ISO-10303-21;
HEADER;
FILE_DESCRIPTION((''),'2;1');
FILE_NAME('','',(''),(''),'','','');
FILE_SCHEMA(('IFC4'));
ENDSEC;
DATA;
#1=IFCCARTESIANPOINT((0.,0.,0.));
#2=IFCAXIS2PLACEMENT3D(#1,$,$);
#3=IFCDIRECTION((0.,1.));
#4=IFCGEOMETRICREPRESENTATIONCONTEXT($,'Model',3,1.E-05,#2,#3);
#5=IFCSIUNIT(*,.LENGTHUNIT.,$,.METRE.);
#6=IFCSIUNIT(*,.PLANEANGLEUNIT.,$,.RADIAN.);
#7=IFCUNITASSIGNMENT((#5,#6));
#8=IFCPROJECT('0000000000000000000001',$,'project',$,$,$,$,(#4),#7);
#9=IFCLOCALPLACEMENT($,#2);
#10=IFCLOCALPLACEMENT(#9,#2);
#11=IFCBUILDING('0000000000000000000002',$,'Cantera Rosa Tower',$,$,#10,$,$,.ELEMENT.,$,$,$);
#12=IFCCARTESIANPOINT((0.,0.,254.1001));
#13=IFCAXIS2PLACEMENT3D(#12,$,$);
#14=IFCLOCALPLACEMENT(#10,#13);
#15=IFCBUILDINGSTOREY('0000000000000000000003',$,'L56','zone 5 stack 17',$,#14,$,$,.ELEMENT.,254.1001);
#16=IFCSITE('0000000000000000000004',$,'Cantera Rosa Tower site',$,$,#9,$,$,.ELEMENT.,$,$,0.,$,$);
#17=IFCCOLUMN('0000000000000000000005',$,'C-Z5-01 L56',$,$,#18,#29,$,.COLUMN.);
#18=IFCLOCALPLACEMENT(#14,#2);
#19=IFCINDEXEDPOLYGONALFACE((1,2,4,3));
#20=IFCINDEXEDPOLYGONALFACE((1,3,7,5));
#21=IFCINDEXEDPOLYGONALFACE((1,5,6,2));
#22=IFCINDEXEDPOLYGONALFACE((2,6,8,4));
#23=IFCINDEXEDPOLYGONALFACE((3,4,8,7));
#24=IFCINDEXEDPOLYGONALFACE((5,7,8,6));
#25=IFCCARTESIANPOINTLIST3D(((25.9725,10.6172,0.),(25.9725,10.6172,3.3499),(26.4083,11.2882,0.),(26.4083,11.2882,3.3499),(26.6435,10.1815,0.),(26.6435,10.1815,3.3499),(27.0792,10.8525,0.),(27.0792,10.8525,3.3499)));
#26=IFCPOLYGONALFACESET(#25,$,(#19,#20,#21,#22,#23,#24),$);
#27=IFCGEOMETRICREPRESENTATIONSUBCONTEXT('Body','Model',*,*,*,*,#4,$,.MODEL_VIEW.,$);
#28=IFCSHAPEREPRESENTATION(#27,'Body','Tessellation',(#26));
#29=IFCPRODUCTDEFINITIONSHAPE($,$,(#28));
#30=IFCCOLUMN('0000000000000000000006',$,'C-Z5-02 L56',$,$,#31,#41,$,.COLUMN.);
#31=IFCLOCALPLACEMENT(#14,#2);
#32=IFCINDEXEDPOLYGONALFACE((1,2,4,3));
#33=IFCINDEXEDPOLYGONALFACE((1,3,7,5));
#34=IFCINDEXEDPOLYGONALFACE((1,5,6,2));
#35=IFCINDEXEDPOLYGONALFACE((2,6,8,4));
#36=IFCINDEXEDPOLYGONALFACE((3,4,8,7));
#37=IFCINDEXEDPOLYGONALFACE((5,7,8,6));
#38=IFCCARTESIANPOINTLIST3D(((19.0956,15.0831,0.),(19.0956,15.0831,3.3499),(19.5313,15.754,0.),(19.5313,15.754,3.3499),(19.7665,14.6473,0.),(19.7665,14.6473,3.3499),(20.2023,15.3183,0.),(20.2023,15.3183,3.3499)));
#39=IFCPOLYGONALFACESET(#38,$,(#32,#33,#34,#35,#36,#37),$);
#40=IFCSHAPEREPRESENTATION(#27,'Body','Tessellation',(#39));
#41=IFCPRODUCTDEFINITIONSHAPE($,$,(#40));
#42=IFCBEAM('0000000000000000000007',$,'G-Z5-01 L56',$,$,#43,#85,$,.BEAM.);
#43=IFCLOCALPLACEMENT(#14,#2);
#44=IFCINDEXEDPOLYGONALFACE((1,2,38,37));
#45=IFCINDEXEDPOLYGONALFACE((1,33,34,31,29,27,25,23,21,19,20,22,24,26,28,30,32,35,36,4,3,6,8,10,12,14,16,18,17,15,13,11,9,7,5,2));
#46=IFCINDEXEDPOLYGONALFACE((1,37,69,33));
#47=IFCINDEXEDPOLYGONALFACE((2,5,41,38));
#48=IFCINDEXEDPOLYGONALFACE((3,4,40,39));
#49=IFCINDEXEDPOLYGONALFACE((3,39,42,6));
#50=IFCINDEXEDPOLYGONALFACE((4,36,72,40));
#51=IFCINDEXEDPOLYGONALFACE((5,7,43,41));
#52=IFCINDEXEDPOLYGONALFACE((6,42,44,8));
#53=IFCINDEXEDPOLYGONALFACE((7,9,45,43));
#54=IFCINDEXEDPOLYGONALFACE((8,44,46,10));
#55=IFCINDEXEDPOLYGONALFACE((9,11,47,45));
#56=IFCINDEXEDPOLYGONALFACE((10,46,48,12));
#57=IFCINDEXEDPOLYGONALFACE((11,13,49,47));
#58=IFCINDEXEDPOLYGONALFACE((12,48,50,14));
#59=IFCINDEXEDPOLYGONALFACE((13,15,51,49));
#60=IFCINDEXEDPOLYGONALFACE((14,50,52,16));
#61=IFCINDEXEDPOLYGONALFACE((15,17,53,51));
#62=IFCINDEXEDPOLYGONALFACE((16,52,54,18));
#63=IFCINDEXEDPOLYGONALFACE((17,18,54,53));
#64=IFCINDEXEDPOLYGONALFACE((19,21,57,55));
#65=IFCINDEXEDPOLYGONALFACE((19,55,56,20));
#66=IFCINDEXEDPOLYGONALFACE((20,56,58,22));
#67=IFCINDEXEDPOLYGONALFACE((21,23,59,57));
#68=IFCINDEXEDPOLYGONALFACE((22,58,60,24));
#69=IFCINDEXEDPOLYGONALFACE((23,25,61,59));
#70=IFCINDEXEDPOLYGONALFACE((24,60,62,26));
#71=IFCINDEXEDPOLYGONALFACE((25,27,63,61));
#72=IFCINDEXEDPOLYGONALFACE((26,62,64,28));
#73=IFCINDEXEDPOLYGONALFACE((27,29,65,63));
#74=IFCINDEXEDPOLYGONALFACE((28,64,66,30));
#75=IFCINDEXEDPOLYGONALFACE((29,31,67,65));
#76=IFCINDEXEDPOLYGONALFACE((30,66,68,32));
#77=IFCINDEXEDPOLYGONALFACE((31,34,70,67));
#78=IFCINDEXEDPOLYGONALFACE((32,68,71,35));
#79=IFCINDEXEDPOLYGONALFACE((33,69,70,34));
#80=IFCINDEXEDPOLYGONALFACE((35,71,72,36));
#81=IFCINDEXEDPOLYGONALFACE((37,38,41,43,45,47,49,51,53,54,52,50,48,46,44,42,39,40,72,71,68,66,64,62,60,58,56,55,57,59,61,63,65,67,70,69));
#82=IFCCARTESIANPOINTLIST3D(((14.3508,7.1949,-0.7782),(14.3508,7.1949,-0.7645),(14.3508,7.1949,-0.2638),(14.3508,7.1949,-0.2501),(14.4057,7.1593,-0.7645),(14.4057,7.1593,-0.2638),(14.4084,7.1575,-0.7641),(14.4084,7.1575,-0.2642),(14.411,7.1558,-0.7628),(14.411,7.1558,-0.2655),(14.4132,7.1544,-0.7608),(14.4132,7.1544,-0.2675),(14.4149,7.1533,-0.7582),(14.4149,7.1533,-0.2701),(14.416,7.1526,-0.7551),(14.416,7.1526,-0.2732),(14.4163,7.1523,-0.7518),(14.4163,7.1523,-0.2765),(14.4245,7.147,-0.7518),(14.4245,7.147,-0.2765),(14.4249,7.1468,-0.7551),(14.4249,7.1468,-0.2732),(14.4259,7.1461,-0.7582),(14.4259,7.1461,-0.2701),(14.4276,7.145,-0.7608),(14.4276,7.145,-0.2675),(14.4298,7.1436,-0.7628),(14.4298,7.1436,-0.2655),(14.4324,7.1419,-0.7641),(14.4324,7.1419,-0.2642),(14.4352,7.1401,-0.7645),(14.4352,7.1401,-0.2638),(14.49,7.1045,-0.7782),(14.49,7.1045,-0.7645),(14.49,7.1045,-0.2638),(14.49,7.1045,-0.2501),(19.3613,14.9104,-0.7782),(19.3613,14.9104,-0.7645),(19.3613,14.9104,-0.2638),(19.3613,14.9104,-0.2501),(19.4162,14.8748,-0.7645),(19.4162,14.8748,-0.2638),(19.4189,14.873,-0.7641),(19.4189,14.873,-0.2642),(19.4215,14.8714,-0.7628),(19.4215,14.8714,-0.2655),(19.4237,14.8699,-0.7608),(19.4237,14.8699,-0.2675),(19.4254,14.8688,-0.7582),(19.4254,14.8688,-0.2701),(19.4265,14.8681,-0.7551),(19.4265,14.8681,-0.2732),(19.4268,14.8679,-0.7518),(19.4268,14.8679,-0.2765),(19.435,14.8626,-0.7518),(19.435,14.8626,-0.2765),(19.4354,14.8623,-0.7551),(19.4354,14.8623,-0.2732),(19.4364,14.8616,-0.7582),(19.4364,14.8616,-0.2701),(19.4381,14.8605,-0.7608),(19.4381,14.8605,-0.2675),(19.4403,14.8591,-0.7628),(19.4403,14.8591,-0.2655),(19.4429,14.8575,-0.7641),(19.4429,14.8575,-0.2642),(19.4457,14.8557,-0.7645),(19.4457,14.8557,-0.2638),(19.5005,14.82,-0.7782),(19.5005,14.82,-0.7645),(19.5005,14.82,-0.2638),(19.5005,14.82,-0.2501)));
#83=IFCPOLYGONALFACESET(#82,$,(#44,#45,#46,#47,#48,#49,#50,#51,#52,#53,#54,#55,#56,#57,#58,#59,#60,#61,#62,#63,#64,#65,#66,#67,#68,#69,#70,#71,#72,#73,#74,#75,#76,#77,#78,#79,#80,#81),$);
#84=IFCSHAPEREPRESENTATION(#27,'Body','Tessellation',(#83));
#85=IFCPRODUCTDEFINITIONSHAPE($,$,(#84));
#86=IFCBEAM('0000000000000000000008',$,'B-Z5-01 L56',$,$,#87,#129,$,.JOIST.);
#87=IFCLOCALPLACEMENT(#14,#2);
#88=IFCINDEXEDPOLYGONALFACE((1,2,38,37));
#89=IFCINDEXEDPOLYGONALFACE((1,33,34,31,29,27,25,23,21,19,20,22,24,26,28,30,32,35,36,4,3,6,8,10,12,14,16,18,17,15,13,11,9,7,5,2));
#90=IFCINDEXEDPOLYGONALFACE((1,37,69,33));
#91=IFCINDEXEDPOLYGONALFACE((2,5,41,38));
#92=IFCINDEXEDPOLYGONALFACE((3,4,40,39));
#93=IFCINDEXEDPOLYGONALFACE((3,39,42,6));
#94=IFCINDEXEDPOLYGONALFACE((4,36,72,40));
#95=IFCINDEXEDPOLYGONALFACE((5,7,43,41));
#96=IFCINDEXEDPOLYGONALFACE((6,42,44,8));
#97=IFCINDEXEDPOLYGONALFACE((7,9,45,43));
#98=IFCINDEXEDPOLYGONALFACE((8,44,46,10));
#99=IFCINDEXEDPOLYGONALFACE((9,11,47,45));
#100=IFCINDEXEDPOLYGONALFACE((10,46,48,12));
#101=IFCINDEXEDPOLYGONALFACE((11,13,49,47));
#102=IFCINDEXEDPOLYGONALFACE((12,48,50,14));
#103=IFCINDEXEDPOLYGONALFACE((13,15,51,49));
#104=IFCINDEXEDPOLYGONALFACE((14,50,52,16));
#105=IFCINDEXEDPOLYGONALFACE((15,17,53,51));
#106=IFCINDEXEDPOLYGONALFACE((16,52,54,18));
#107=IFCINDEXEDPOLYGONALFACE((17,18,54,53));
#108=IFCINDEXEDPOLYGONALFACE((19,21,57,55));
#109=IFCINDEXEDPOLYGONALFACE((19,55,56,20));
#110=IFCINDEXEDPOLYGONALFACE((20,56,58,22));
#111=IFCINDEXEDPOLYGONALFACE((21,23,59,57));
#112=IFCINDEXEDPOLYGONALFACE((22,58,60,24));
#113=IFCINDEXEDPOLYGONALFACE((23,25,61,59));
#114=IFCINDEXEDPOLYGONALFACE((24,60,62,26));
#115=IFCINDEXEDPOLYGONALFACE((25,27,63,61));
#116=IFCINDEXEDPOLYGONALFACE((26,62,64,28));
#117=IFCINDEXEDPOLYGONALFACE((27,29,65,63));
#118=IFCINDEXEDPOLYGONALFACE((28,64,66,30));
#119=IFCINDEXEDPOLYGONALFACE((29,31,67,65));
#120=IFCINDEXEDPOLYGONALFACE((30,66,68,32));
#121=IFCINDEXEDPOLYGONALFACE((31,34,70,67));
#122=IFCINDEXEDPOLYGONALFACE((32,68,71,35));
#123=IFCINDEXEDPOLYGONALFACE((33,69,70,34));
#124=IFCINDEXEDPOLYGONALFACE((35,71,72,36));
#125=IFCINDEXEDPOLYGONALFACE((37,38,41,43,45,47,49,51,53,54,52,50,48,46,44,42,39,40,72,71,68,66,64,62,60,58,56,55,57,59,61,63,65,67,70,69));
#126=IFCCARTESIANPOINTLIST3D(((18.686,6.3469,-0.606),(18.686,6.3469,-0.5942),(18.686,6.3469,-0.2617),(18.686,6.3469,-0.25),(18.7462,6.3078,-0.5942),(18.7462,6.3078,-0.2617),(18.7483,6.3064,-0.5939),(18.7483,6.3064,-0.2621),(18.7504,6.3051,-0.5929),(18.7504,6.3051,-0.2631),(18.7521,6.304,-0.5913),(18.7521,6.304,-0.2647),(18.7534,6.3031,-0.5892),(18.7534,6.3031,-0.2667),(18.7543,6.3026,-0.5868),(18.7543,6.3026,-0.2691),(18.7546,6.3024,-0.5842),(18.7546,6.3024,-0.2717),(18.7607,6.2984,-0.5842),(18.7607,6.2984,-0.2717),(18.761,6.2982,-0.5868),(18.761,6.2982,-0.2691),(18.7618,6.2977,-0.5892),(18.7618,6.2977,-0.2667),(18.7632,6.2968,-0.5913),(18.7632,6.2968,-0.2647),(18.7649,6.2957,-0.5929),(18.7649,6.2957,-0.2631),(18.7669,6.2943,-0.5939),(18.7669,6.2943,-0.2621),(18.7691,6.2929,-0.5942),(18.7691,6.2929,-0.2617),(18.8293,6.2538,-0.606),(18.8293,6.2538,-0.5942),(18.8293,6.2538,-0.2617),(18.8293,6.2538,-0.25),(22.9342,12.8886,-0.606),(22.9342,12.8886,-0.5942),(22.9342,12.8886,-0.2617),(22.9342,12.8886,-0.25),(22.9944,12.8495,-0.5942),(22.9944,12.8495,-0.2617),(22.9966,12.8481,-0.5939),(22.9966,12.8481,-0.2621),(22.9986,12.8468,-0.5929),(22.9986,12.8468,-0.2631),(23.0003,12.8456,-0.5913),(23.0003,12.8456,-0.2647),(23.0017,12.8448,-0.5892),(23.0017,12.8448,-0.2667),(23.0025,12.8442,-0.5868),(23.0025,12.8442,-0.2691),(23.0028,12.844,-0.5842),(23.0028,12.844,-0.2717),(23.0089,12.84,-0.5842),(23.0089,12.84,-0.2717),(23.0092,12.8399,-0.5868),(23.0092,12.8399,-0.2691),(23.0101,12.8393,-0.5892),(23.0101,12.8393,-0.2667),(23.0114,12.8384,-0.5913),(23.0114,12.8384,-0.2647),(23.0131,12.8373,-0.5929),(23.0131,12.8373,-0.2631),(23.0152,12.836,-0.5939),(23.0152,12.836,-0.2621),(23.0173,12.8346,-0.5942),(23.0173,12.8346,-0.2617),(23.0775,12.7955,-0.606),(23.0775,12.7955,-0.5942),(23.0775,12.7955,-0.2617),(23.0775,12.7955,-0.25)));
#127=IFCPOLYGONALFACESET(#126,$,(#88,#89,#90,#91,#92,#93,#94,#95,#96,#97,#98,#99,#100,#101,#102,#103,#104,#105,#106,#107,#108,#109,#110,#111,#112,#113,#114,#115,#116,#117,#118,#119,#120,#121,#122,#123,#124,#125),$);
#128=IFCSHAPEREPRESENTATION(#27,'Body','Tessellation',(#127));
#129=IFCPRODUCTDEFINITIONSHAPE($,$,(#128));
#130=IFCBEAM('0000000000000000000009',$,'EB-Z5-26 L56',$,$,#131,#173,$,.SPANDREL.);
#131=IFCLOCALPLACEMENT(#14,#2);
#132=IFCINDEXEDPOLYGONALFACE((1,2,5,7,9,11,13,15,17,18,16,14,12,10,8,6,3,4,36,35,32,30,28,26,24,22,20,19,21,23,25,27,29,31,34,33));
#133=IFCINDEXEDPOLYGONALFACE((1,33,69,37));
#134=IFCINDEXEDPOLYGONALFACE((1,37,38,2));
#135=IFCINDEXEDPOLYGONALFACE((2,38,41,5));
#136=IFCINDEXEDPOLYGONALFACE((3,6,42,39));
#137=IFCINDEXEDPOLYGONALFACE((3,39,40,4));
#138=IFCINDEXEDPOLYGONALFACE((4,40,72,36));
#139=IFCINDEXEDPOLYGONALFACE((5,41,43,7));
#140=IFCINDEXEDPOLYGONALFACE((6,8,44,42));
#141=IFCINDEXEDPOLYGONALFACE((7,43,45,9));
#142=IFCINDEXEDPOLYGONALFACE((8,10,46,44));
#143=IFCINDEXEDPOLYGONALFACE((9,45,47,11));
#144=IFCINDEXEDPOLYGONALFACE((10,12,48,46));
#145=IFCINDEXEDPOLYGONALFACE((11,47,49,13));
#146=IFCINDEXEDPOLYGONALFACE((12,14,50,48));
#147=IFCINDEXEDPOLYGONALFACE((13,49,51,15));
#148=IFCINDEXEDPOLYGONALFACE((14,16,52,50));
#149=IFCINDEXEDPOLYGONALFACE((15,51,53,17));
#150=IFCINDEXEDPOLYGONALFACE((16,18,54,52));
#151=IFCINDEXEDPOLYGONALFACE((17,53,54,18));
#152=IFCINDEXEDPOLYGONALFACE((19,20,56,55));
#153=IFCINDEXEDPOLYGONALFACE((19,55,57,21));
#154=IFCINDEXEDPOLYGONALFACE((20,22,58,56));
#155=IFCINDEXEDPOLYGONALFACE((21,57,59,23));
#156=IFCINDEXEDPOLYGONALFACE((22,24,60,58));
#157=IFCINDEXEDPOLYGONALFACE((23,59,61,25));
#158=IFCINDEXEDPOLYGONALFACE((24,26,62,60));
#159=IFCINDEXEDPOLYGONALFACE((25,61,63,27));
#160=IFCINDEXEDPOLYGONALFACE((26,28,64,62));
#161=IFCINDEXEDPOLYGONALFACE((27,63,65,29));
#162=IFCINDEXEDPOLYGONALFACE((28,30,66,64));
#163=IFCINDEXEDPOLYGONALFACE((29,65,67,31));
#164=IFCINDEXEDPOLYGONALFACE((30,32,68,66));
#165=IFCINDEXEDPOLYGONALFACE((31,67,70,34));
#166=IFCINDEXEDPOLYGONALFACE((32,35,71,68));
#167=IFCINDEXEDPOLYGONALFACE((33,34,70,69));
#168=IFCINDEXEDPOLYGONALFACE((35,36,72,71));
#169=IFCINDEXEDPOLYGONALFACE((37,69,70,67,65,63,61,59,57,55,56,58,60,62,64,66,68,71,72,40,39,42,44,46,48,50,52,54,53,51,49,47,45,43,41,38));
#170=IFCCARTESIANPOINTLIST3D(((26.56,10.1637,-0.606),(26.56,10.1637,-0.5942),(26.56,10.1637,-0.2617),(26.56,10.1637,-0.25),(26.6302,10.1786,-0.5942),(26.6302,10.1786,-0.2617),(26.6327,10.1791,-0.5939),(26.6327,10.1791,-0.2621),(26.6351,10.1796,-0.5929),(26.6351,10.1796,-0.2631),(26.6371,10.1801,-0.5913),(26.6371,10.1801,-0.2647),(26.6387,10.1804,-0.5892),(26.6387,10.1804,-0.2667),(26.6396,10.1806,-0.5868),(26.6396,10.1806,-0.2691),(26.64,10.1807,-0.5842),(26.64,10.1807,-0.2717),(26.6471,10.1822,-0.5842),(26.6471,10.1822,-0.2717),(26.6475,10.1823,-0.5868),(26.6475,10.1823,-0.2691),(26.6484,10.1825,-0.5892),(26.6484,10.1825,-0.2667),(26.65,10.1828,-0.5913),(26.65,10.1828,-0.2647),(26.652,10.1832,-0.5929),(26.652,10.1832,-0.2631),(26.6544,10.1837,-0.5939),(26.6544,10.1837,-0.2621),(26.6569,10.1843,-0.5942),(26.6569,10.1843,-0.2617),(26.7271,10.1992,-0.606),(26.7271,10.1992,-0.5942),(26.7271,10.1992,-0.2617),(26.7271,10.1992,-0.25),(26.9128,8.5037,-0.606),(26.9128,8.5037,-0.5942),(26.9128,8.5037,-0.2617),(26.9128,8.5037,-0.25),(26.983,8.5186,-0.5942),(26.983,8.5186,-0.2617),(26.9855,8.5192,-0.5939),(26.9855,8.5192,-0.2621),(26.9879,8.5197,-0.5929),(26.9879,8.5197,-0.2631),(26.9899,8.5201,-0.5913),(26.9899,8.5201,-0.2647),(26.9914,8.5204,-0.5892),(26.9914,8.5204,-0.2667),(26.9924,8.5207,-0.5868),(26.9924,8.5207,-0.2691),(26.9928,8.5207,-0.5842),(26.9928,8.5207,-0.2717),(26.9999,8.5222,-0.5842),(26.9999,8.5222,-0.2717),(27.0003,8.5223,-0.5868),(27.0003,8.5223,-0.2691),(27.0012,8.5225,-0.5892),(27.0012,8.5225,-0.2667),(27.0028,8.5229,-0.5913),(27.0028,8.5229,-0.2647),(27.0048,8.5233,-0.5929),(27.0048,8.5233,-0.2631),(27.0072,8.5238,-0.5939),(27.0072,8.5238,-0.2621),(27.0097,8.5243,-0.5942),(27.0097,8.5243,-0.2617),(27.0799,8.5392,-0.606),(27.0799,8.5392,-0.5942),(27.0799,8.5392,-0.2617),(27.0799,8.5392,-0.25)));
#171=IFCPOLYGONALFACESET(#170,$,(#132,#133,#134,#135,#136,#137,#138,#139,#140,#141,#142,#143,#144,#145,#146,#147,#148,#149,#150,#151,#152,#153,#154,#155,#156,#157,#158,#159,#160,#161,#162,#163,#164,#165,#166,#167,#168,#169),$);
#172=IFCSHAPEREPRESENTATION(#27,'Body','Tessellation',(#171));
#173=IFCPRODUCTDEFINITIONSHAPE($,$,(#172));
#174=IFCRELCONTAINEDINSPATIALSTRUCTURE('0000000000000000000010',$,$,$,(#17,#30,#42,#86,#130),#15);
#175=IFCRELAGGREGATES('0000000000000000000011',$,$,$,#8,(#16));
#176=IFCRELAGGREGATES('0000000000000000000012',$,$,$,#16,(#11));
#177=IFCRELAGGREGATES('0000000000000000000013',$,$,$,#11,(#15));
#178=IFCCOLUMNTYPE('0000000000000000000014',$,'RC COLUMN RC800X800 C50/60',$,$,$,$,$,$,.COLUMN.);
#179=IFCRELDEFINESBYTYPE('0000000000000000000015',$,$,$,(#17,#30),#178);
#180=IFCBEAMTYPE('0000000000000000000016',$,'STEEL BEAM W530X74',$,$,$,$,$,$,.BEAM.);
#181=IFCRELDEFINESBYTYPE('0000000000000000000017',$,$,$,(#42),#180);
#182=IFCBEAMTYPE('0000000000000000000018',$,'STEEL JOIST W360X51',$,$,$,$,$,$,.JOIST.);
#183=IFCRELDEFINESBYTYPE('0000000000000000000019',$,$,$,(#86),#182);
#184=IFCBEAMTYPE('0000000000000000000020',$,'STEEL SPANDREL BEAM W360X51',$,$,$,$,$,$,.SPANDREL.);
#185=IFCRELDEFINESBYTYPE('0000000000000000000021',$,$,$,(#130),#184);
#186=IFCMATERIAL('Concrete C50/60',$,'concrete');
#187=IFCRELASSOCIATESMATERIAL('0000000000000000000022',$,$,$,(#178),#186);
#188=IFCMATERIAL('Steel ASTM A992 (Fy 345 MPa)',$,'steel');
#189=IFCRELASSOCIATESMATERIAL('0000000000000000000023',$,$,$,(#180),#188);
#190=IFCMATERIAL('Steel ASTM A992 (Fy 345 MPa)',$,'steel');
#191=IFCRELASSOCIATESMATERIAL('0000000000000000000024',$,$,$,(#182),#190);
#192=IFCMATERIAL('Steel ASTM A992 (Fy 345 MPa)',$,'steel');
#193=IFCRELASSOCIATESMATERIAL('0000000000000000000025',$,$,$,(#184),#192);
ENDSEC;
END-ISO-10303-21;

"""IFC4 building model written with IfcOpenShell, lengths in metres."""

from ifc_helpers import new_model, si_unit, direction, frame, origin, origin_2d, place, context, subcontext, project, spatial, rectangle, i_section, extrude, material, material_profile, profile_set, type_object, element, save


model = new_model("IFC4")

# Units and contexts
model_context = context("Model", 3, precision=1e-05, world=origin(), true_north=direction((0.0, 1.0)))
body_context = subcontext(model_context, "Body", "Model", "MODEL_VIEW")
ifc_project = project(units=[si_unit("LENGTHUNIT", "METRE"), si_unit("PLANEANGLEUNIT", "RADIAN")], contexts=[model_context])

# Site, building, storey
site_placement = place(None, origin())
site = spatial("IfcSite", under=ifc_project, at=site_placement, Name="Cantera Rosa Tower site", CompositionType="ELEMENT", RefElevation=0.0)
building_placement = place(site_placement, origin())
building = spatial("IfcBuilding", under=site, at=building_placement, Name="Cantera Rosa Tower", CompositionType="ELEMENT")
storey_placement = place(building_placement, frame((0.0, 0.0, 254.1001)))
storey = spatial("IfcBuildingStorey", under=building, at=storey_placement, Name="L56", Description="zone 5 stack 17", CompositionType="ELEMENT", Elevation=254.1001)

# Columns
ifc_material_1 = material(Name="Concrete C50/60", Category="concrete")
ifc_material_profile_1 = material_profile(ifc_material_1, rectangle(XDim=0.8, YDim=0.8, at=origin_2d()), Name="RC COLUMN RC800X800 C50/60")
ifc_profile_set_1 = profile_set([ifc_material_profile_1], Name="Concrete C50/60")
column_type = type_object("IfcColumnType", Name="RC COLUMN RC800X800 C50/60", PredefinedType="COLUMN", material=ifc_profile_set_1)
for number, where, z_axis, x_axis, name in (
    (1, (26.5259, 10.7349, 0.0), (0.0, 0.0, 1.0), (0.544639, 0.838671, 0.0), "C-Z5-01 L56"),
    (2, (19.6489, 15.2007, 0.0), (0.0, 0.0, 1.0), (0.544639, 0.838671, 0.0), "C-Z5-02 L56"),
):
    element("IfcColumn", number, at=place(storey_placement, frame(where, z_axis=z_axis, x_axis=x_axis)), inside=storey, type_object=column_type, Name=name, PredefinedType="COLUMN", context=body_context, shape_type="SweptSolid", body=[
        extrude(rectangle(XDim=0.8, YDim=0.8, at=origin_2d()), origin(), (0.0, 0.0, 1.0), 3.3499),
    ])

# Beams
ifc_material_2 = material(Name="Steel ASTM A992 (Fy 345 MPa)", Category="steel")
ifc_material_profile_2 = material_profile(ifc_material_2, i_section(OverallWidth=0.166, OverallDepth=0.5281, WebThickness=0.0098, FlangeThickness=0.0137, FilletRadius=0.0127, at=origin_2d()), Name="W530X74")
ifc_profile_set_2 = profile_set([ifc_material_profile_2], Name="Steel ASTM A992 (Fy 345 MPa)")
beam_type_1 = type_object("IfcBeamType", Name="STEEL BEAM W530X74", PredefinedType="BEAM", material=ifc_profile_set_2)
beam_1_placement = place(storey_placement, frame((19.4309, 14.8652, -0.5142), z_axis=(-0.544635, -0.838673, 0.0), x_axis=(0.838673, -0.544635, 0.0)))
element("IfcBeam", 3, at=beam_1_placement, inside=storey, type_object=beam_type_1, Name="G-Z5-01 L56", PredefinedType="BEAM", context=body_context, shape_type="SweptSolid", body=[
    extrude(i_section(OverallWidth=0.166, OverallDepth=0.5281, WebThickness=0.0098, FlangeThickness=0.0137, FilletRadius=0.0127, at=origin_2d()), origin(), (0.0, 0.0, 1.0), 9.1997),
])
ifc_material_3 = material(Name="Steel ASTM A992 (Fy 345 MPa)", Category="steel")
ifc_material_profile_3 = material_profile(ifc_material_3, i_section(OverallWidth=0.1709, OverallDepth=0.356, WebThickness=0.0073, FlangeThickness=0.0117, FilletRadius=0.01, at=origin_2d()), Name="W360X51")
ifc_profile_set_3 = profile_set([ifc_material_profile_3], Name="Steel ASTM A992 (Fy 345 MPa)")
beam_type_2 = type_object("IfcBeamType", Name="STEEL JOIST W360X51", PredefinedType="JOIST", material=ifc_profile_set_3)
beam_2_placement = place(storey_placement, frame((23.0059, 12.842, -0.428), z_axis=(-0.544642, -0.838669, 0.0), x_axis=(0.838669, -0.544642, 0.0)))
element("IfcBeam", 4, at=beam_2_placement, inside=storey, type_object=beam_type_2, Name="B-Z5-01 L56", PredefinedType="JOIST", context=body_context, shape_type="SweptSolid", body=[
    extrude(i_section(OverallWidth=0.1709, OverallDepth=0.356, WebThickness=0.0073, FlangeThickness=0.0117, FilletRadius=0.01, at=origin_2d()), origin(), (0.0, 0.0, 1.0), 7.8),
])
ifc_material_4 = material(Name="Steel ASTM A992 (Fy 345 MPa)", Category="steel")
ifc_material_profile_4 = material_profile(ifc_material_4, i_section(OverallWidth=0.1709, OverallDepth=0.356, WebThickness=0.0073, FlangeThickness=0.0117, FilletRadius=0.01, at=origin_2d()), Name="W360X51")
ifc_profile_set_4 = profile_set([ifc_material_profile_4], Name="Steel ASTM A992 (Fy 345 MPa)")
beam_type_3 = type_object("IfcBeamType", Name="STEEL SPANDREL BEAM W360X51", PredefinedType="SPANDREL", material=ifc_profile_set_4)
beam_3_placement = place(storey_placement, frame((26.9963, 8.5215, -0.428), z_axis=(-0.207888, 0.978153, 0.0), x_axis=(-0.978153, -0.207888, 0.0)))
element("IfcBeam", 5, at=beam_3_placement, inside=storey, type_object=beam_type_3, Name="EB-Z5-26 L56", PredefinedType="SPANDREL", context=body_context, shape_type="SweptSolid", body=[
    extrude(i_section(OverallWidth=0.1709, OverallDepth=0.356, WebThickness=0.0073, FlangeThickness=0.0117, FilletRadius=0.01, at=origin_2d()), origin(), (0.0, 0.0, 1.0), 1.697),
])

save(model, "model.ifc")
